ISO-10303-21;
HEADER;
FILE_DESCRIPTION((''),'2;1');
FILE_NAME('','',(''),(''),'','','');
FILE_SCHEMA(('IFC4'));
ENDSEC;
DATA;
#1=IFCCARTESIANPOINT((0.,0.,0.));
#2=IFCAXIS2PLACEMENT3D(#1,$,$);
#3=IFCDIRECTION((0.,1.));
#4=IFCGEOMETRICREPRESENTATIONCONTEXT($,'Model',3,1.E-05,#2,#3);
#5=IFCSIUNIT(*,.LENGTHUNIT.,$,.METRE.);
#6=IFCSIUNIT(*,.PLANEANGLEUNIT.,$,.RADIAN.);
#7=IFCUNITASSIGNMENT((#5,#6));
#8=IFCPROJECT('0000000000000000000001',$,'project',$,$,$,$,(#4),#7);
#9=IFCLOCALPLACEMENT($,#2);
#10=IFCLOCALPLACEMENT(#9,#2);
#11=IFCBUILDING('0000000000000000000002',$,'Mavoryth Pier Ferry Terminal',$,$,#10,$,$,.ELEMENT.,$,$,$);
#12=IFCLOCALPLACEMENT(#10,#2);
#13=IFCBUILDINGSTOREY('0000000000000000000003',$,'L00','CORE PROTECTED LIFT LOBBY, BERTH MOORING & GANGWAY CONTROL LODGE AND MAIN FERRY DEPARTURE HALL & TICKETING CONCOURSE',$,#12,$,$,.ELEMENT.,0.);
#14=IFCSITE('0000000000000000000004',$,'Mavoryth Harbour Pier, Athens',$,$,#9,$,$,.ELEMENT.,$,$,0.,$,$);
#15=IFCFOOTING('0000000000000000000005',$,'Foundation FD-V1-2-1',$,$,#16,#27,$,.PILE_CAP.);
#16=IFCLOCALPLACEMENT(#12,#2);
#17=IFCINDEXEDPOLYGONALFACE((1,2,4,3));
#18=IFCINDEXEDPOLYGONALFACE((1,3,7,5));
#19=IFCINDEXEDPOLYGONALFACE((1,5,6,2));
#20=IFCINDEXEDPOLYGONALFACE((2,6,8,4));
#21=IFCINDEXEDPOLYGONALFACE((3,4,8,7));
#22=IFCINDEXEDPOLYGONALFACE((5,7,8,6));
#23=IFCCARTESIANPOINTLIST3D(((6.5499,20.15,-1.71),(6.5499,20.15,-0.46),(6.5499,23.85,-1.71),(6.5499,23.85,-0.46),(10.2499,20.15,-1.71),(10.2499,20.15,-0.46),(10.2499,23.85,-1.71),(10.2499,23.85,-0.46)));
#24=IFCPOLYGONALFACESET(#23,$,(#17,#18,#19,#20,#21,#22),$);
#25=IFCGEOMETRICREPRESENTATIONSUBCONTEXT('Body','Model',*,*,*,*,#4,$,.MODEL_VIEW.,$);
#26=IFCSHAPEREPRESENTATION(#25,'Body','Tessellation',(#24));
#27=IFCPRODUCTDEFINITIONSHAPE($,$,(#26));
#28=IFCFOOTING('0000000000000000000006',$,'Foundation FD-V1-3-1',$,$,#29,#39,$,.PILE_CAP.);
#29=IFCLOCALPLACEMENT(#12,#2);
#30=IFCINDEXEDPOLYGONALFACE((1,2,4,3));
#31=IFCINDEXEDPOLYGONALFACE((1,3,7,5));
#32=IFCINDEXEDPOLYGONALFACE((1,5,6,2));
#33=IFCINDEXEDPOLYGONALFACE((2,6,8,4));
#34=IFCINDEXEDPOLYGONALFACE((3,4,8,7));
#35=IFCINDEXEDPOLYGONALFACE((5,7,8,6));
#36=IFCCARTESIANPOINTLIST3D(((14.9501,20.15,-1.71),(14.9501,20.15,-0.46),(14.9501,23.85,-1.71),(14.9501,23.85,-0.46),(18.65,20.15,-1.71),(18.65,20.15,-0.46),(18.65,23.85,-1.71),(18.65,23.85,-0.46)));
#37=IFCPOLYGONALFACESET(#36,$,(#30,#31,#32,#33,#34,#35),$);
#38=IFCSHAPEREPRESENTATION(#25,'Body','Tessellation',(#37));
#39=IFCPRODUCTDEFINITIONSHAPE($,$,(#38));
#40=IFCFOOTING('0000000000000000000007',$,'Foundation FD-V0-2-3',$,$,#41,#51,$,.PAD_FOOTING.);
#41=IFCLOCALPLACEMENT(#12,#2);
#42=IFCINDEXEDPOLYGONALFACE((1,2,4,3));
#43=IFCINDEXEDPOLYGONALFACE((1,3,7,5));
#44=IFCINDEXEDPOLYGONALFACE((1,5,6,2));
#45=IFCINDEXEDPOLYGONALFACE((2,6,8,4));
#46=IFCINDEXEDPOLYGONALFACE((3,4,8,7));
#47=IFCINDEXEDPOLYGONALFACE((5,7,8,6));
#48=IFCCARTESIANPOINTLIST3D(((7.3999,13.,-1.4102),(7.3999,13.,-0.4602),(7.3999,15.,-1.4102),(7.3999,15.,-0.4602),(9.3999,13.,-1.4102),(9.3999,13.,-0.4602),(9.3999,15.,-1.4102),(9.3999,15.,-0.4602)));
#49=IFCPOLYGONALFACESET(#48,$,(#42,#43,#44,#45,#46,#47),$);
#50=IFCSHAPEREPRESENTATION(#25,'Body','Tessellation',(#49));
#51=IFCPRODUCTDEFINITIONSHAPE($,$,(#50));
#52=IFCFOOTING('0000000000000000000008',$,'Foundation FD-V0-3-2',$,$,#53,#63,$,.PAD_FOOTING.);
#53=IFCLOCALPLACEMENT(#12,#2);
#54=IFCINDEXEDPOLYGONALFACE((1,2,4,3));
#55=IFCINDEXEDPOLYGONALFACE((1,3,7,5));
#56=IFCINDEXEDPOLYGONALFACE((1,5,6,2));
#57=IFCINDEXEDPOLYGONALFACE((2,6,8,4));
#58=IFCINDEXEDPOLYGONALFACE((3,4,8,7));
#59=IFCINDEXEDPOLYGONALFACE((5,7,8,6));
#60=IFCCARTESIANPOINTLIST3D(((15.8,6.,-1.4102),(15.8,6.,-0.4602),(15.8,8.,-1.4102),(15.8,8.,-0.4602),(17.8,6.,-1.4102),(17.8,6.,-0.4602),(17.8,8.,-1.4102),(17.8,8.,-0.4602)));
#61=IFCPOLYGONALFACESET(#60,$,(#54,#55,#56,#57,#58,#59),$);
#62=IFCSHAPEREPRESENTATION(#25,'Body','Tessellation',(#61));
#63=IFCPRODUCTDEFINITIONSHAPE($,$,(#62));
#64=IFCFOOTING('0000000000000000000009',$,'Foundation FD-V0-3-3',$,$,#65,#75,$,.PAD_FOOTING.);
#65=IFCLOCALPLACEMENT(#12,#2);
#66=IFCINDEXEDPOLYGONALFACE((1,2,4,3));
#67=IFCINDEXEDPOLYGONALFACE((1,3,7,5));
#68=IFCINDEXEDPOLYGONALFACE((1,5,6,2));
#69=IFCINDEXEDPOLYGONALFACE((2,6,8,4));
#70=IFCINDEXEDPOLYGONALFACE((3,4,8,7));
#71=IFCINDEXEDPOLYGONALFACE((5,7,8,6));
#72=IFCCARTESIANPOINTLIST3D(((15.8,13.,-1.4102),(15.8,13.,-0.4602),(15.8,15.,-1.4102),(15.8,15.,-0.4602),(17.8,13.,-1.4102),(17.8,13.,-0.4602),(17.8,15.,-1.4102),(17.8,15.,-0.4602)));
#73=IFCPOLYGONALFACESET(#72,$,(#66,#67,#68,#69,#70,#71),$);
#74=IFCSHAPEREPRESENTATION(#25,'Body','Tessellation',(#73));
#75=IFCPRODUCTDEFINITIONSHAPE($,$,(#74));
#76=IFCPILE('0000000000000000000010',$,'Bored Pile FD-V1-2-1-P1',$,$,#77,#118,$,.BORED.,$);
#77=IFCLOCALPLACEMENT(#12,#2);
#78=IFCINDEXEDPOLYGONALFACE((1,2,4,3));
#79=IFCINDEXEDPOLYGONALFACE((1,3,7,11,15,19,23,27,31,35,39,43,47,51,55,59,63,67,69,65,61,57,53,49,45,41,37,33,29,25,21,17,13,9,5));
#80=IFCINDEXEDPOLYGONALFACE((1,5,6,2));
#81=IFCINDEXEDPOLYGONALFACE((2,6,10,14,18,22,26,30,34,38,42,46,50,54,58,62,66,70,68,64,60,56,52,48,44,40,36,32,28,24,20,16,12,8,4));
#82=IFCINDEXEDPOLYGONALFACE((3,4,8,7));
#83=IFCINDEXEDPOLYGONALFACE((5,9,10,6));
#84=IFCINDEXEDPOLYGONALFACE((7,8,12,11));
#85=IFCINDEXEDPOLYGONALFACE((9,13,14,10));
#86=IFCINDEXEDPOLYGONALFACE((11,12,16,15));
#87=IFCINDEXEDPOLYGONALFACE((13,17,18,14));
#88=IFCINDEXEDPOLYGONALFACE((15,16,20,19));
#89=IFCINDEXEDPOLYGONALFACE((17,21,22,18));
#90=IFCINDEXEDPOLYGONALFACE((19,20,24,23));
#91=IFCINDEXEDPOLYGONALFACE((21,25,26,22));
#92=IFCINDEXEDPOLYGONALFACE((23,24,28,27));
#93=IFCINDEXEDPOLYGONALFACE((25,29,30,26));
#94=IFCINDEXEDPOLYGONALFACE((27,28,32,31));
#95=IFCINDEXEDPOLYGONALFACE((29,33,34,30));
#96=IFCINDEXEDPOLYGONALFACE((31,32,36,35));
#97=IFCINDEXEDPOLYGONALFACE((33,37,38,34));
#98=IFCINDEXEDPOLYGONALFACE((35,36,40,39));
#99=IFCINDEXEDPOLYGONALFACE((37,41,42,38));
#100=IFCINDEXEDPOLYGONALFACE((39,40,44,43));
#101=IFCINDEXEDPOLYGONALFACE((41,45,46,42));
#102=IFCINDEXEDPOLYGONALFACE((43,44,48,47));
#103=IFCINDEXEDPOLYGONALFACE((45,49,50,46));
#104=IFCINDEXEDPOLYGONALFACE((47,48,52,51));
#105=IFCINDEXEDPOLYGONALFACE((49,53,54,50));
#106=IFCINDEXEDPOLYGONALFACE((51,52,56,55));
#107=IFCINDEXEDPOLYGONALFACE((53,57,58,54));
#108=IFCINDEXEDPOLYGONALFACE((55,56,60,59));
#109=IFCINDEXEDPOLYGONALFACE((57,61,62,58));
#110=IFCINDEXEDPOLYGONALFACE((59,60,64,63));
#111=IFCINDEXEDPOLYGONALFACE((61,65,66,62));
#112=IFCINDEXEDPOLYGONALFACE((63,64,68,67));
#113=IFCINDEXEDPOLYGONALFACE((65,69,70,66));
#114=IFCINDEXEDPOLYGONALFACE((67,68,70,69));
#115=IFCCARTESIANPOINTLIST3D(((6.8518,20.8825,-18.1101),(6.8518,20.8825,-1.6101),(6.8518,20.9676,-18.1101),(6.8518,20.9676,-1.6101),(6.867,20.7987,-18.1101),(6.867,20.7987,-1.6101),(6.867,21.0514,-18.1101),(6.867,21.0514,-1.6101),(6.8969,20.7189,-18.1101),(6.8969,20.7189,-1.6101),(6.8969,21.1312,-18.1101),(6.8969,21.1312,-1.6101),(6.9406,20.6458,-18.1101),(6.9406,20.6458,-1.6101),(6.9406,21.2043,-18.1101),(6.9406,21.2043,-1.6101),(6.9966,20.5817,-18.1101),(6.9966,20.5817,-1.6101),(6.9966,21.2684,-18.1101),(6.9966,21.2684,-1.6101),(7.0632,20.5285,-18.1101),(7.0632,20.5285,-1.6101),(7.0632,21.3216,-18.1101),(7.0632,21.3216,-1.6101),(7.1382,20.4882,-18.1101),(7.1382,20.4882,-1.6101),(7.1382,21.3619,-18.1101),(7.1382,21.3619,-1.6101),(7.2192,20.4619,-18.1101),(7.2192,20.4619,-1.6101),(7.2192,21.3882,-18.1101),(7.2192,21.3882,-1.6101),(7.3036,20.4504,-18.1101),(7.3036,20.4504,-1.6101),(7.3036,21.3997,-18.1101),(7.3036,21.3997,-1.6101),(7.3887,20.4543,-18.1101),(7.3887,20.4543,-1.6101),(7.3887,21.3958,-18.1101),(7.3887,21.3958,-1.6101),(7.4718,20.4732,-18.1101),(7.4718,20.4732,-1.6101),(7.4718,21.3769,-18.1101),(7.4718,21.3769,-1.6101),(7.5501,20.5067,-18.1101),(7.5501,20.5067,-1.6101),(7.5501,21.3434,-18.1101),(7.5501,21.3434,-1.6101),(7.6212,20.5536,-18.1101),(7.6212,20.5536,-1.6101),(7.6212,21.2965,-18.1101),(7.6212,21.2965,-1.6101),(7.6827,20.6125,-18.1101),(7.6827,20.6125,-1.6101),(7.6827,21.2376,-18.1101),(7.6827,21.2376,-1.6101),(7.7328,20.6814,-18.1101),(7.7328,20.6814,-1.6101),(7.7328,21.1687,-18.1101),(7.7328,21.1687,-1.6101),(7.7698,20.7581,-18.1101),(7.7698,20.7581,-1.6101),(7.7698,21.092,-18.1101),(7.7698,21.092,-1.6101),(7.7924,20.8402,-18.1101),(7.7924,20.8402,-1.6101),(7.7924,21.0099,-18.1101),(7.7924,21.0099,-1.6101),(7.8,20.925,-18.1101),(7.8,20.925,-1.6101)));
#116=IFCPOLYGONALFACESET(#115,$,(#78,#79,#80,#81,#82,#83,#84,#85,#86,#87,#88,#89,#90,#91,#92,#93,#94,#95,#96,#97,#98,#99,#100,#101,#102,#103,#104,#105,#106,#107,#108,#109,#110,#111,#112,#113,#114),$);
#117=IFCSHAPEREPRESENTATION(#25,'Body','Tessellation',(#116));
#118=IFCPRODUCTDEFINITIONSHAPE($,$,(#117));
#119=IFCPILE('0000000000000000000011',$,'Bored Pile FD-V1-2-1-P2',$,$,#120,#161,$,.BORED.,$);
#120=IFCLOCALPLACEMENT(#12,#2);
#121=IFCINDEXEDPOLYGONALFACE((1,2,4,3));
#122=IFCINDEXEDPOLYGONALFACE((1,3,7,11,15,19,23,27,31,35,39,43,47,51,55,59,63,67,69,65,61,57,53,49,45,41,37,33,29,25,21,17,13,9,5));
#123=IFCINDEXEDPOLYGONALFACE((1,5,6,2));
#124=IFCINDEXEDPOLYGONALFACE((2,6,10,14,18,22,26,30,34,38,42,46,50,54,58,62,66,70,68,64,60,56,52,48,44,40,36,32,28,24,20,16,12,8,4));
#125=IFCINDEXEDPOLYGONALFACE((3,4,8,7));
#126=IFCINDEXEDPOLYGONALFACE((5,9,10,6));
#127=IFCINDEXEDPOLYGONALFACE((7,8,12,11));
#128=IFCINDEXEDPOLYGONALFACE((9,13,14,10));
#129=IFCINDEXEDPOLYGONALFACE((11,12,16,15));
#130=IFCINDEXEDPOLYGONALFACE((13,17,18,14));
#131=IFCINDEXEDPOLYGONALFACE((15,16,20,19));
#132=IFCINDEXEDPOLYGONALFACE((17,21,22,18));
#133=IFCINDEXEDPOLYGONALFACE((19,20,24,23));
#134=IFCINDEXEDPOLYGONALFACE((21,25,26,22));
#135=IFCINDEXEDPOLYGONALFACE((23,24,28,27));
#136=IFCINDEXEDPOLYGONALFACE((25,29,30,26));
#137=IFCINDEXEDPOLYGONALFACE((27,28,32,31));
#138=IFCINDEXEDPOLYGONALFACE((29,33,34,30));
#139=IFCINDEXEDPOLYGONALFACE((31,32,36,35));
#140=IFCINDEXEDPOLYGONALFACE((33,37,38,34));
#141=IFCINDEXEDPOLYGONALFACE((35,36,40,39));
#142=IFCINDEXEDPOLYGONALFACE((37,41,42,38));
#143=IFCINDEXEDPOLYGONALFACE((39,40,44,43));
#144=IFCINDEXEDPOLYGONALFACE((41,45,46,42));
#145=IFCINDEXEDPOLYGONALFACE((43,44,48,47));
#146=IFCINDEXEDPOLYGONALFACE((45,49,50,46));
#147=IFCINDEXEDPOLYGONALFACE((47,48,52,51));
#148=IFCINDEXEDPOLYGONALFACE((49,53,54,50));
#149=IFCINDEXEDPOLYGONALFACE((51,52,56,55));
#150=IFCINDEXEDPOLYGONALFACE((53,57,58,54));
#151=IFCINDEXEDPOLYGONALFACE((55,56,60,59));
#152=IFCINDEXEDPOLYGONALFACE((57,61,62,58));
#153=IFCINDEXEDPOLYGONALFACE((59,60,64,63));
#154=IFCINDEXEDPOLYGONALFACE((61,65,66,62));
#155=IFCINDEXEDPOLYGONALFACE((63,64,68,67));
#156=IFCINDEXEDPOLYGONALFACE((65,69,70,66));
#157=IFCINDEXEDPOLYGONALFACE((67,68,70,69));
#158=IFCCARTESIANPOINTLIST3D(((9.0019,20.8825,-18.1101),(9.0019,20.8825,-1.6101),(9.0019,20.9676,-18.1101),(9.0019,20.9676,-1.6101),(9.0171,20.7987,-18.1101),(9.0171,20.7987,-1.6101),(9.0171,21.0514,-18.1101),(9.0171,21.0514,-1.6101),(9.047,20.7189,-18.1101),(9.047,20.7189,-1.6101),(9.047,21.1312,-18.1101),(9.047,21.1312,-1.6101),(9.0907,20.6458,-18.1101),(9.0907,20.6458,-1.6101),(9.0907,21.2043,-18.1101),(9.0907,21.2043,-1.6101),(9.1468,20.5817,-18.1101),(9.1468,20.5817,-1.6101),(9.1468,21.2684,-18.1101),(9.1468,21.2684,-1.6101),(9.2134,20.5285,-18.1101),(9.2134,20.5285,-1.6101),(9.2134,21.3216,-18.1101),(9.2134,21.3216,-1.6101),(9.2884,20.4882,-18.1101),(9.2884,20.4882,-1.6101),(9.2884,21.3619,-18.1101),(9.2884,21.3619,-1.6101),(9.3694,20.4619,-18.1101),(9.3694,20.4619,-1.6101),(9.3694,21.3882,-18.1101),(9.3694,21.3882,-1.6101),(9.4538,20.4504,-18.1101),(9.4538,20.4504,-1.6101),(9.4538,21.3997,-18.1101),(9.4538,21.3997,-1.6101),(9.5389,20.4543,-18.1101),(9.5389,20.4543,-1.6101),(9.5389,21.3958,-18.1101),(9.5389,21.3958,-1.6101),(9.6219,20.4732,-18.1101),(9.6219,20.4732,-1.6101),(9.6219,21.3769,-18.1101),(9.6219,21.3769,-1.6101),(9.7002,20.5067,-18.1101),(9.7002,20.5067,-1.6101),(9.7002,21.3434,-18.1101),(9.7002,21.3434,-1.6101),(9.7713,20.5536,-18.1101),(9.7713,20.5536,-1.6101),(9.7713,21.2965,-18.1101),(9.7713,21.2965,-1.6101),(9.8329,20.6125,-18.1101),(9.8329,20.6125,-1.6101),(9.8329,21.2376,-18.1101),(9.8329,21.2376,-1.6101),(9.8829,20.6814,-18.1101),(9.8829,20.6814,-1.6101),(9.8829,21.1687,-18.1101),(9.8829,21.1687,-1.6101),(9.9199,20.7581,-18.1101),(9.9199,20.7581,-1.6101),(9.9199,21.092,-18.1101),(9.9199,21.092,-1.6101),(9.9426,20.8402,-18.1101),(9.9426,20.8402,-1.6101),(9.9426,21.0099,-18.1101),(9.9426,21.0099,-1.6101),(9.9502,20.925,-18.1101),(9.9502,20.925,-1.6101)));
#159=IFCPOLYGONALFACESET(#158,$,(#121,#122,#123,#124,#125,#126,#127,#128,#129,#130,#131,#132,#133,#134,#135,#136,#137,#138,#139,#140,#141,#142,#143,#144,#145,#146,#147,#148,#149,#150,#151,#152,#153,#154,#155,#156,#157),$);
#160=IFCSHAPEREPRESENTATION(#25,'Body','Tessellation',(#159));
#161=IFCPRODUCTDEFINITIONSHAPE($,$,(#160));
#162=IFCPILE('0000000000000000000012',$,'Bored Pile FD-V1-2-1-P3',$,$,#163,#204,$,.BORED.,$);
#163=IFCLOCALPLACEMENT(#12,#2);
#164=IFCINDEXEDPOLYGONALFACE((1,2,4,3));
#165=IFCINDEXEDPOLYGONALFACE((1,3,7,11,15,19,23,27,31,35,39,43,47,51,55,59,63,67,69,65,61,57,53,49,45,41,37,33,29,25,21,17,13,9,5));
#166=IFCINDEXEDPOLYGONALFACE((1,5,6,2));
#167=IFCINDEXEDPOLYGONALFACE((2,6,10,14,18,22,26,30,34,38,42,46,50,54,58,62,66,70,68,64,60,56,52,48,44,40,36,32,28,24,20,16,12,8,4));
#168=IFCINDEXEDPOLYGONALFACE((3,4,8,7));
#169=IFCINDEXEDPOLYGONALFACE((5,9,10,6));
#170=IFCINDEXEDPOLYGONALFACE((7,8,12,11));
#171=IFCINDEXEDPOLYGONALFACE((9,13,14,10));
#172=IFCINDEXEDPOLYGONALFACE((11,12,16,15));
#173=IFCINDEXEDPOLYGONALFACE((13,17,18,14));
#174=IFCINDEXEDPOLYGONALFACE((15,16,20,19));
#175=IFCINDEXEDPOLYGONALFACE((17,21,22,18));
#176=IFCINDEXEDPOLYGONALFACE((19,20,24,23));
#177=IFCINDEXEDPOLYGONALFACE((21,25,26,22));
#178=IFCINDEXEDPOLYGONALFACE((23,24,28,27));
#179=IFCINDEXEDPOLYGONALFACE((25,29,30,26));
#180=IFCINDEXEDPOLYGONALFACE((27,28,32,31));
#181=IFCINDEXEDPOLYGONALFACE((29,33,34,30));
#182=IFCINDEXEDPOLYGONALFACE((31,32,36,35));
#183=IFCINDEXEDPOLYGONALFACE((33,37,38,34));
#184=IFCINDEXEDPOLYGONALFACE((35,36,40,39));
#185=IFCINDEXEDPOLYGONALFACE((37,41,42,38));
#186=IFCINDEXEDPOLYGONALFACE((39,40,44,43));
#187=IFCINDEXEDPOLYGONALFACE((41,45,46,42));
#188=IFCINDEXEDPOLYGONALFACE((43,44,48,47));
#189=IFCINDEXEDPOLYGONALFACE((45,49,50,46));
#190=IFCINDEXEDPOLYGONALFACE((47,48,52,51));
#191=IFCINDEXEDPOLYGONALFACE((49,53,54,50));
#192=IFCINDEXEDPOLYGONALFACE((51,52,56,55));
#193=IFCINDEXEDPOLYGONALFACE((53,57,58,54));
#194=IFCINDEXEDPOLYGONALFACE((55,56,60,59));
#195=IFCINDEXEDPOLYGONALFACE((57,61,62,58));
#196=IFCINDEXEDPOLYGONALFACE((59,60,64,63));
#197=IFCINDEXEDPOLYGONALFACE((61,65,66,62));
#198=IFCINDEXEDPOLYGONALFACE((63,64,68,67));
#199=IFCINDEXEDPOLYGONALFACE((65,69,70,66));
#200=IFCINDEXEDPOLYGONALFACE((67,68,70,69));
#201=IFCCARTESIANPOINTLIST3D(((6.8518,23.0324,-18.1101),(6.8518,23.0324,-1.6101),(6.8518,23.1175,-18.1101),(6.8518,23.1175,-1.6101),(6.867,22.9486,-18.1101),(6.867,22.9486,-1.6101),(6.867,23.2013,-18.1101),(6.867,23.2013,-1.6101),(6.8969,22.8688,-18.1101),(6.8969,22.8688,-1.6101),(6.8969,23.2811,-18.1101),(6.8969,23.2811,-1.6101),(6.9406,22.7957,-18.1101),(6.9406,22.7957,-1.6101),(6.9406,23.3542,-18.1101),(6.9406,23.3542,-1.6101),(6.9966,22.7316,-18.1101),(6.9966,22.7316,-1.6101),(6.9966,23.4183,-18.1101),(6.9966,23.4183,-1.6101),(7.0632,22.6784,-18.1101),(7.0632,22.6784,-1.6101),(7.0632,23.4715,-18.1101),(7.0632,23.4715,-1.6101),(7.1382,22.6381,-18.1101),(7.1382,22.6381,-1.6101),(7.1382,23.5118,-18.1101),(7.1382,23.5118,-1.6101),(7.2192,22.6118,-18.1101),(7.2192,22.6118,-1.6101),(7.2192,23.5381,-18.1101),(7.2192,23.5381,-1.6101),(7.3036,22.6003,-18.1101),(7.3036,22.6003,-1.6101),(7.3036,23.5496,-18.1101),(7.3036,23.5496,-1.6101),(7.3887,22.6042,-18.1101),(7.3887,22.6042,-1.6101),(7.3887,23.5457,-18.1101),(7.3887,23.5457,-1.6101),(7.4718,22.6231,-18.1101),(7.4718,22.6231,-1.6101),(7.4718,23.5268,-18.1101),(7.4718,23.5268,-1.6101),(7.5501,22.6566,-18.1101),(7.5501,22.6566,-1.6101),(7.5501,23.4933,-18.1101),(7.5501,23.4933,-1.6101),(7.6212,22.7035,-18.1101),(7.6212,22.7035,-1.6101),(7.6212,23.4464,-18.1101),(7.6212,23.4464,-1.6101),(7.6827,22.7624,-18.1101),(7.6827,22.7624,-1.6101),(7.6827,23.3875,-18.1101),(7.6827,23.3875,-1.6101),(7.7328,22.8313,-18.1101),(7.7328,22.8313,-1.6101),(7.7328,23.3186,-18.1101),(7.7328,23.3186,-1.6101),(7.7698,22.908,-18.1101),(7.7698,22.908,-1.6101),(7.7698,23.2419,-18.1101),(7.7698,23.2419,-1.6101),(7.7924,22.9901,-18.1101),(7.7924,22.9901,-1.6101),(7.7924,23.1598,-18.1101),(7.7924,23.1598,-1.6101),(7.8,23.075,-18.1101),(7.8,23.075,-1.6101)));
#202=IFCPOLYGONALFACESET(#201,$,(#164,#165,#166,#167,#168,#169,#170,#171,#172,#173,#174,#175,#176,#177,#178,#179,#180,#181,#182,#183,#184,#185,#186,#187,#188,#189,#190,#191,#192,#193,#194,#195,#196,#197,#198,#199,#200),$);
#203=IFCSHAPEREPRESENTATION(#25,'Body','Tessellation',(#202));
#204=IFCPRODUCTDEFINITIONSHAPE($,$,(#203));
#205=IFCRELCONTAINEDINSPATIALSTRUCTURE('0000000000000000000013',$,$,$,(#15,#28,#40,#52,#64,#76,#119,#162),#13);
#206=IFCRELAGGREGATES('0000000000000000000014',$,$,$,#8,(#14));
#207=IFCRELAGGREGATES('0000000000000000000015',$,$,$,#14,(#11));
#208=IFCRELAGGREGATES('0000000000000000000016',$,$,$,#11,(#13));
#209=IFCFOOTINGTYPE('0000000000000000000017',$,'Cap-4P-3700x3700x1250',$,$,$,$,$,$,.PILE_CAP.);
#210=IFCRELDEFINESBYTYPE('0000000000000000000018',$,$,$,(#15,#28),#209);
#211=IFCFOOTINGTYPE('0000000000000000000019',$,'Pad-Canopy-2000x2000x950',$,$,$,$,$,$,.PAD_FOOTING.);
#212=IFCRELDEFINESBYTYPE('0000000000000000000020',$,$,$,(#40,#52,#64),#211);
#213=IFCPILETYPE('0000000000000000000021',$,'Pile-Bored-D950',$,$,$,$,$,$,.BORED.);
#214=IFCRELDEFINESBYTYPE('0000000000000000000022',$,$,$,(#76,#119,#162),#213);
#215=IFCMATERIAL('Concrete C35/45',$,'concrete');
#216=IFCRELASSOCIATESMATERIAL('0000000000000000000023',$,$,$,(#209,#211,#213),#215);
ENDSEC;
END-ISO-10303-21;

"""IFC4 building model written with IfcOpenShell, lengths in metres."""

from ifc_helpers import new_model, si_unit, direction, frame, origin, origin_2d, place, context, subcontext, project, spatial, rectangle, circle, extrude, material, material_profile, profile_set, type_object, element, save


model = new_model("IFC4")

# Units and contexts
model_context = context("Model", 3, precision=1e-05, world=origin(), true_north=direction((0.0, 1.0)))
body_context = subcontext(model_context, "Body", "Model", "MODEL_VIEW")
ifc_project = project(units=[si_unit("LENGTHUNIT", "METRE"), si_unit("PLANEANGLEUNIT", "RADIAN")], contexts=[model_context])

# Site, building, storey
site_placement = place(None, origin())
site = spatial("IfcSite", under=ifc_project, at=site_placement, Name="Mavoryth Harbour Pier, Athens", CompositionType="ELEMENT", RefElevation=0.0)
building_placement = place(site_placement, origin())
building = spatial("IfcBuilding", under=site, at=building_placement, Name="Mavoryth Pier Ferry Terminal", CompositionType="ELEMENT")
storey_placement = place(building_placement, origin())
storey = spatial("IfcBuildingStorey", under=building, at=storey_placement, Name="L00", Description="CORE PROTECTED LIFT LOBBY, BERTH MOORING & GANGWAY CONTROL LODGE AND MAIN FERRY DEPARTURE HALL & TICKETING CONCOURSE", CompositionType="ELEMENT", Elevation=0.0)

# Footings
ifc_material_1 = material(Name="Concrete C35/45", Category="concrete")
footing_type_1 = type_object("IfcFootingType", Name="Cap-4P-3700x3700x1250", PredefinedType="PILE_CAP", material=ifc_material_1)
for number, where, z_axis, x_axis, name in (
    (1, (8.3999, 22.0, -1.71), (0.0, 0.0, 1.0), (1.0, 0.0, 0.0), "Foundation FD-V1-2-1"),
    (2, (16.8, 22.0, -1.71), (0.0, 0.0, 1.0), (1.0, 0.0, 0.0), "Foundation FD-V1-3-1"),
):
    element("IfcFooting", number, at=place(storey_placement, frame(where, z_axis=z_axis, x_axis=x_axis)), inside=storey, type_object=footing_type_1, Name=name, PredefinedType="PILE_CAP", context=body_context, shape_type="SweptSolid", body=[
        extrude(rectangle(XDim=3.7, YDim=3.7, at=origin_2d()), origin(), (0.0, 0.0, 1.0), 1.25),
    ])
footing_type_2 = type_object("IfcFootingType", Name="Pad-Canopy-2000x2000x950", PredefinedType="PAD_FOOTING", material=ifc_material_1)
for number, where, z_axis, x_axis, name in (
    (3, (8.3999, 14.0, -1.4102), (0.0, 0.0, 1.0), (1.0, 0.0, 0.0), "Foundation FD-V0-2-3"),
    (4, (16.8, 7.0, -1.4102), (0.0, 0.0, 1.0), (1.0, 0.0, 0.0), "Foundation FD-V0-3-2"),
    (5, (16.8, 14.0, -1.4102), (0.0, 0.0, 1.0), (1.0, 0.0, 0.0), "Foundation FD-V0-3-3"),
):
    element("IfcFooting", number, at=place(storey_placement, frame(where, z_axis=z_axis, x_axis=x_axis)), inside=storey, type_object=footing_type_2, Name=name, PredefinedType="PAD_FOOTING", context=body_context, shape_type="SweptSolid", body=[
        extrude(rectangle(XDim=2.0, YDim=2.0, at=origin_2d()), origin(), (0.0, 0.0, 1.0), 0.95),
    ])

# Piles
ifc_material_profile_1 = material_profile(ifc_material_1, circle(Radius=0.4751, at=origin_2d()), Name="PILE D950", Category="concrete")
ifc_profile_set_1 = profile_set([ifc_material_profile_1], Name="Concrete C35/45 - PILE D950")
pile_type = type_object("IfcPileType", Name="Pile-Bored-D950", PredefinedType="BORED", material=ifc_profile_set_1)
for number, where, z_axis, x_axis, name in (
    (6, (7.325, 20.925, -1.6101), (0.0, 0.0, -1.0), (1.0, 0.0, 0.0), "Bored Pile FD-V1-2-1-P1"),
    (7, (9.4751, 20.925, -1.6101), (0.0, 0.0, -1.0), (1.0, 0.0, 0.0), "Bored Pile FD-V1-2-1-P2"),
    (8, (7.325, 23.075, -1.6101), (0.0, 0.0, -1.0), (1.0, 0.0, 0.0), "Bored Pile FD-V1-2-1-P3"),
):
    element("IfcPile", number, at=place(storey_placement, frame(where, z_axis=z_axis, x_axis=x_axis)), inside=storey, type_object=pile_type, Name=name, PredefinedType="BORED", context=body_context, shape_type="SweptSolid", body=[
        extrude(circle(Radius=0.4751, at=origin_2d()), origin(), (0.0, 0.0, 1.0), 16.5),
    ])

save(model, "model.ifc")
